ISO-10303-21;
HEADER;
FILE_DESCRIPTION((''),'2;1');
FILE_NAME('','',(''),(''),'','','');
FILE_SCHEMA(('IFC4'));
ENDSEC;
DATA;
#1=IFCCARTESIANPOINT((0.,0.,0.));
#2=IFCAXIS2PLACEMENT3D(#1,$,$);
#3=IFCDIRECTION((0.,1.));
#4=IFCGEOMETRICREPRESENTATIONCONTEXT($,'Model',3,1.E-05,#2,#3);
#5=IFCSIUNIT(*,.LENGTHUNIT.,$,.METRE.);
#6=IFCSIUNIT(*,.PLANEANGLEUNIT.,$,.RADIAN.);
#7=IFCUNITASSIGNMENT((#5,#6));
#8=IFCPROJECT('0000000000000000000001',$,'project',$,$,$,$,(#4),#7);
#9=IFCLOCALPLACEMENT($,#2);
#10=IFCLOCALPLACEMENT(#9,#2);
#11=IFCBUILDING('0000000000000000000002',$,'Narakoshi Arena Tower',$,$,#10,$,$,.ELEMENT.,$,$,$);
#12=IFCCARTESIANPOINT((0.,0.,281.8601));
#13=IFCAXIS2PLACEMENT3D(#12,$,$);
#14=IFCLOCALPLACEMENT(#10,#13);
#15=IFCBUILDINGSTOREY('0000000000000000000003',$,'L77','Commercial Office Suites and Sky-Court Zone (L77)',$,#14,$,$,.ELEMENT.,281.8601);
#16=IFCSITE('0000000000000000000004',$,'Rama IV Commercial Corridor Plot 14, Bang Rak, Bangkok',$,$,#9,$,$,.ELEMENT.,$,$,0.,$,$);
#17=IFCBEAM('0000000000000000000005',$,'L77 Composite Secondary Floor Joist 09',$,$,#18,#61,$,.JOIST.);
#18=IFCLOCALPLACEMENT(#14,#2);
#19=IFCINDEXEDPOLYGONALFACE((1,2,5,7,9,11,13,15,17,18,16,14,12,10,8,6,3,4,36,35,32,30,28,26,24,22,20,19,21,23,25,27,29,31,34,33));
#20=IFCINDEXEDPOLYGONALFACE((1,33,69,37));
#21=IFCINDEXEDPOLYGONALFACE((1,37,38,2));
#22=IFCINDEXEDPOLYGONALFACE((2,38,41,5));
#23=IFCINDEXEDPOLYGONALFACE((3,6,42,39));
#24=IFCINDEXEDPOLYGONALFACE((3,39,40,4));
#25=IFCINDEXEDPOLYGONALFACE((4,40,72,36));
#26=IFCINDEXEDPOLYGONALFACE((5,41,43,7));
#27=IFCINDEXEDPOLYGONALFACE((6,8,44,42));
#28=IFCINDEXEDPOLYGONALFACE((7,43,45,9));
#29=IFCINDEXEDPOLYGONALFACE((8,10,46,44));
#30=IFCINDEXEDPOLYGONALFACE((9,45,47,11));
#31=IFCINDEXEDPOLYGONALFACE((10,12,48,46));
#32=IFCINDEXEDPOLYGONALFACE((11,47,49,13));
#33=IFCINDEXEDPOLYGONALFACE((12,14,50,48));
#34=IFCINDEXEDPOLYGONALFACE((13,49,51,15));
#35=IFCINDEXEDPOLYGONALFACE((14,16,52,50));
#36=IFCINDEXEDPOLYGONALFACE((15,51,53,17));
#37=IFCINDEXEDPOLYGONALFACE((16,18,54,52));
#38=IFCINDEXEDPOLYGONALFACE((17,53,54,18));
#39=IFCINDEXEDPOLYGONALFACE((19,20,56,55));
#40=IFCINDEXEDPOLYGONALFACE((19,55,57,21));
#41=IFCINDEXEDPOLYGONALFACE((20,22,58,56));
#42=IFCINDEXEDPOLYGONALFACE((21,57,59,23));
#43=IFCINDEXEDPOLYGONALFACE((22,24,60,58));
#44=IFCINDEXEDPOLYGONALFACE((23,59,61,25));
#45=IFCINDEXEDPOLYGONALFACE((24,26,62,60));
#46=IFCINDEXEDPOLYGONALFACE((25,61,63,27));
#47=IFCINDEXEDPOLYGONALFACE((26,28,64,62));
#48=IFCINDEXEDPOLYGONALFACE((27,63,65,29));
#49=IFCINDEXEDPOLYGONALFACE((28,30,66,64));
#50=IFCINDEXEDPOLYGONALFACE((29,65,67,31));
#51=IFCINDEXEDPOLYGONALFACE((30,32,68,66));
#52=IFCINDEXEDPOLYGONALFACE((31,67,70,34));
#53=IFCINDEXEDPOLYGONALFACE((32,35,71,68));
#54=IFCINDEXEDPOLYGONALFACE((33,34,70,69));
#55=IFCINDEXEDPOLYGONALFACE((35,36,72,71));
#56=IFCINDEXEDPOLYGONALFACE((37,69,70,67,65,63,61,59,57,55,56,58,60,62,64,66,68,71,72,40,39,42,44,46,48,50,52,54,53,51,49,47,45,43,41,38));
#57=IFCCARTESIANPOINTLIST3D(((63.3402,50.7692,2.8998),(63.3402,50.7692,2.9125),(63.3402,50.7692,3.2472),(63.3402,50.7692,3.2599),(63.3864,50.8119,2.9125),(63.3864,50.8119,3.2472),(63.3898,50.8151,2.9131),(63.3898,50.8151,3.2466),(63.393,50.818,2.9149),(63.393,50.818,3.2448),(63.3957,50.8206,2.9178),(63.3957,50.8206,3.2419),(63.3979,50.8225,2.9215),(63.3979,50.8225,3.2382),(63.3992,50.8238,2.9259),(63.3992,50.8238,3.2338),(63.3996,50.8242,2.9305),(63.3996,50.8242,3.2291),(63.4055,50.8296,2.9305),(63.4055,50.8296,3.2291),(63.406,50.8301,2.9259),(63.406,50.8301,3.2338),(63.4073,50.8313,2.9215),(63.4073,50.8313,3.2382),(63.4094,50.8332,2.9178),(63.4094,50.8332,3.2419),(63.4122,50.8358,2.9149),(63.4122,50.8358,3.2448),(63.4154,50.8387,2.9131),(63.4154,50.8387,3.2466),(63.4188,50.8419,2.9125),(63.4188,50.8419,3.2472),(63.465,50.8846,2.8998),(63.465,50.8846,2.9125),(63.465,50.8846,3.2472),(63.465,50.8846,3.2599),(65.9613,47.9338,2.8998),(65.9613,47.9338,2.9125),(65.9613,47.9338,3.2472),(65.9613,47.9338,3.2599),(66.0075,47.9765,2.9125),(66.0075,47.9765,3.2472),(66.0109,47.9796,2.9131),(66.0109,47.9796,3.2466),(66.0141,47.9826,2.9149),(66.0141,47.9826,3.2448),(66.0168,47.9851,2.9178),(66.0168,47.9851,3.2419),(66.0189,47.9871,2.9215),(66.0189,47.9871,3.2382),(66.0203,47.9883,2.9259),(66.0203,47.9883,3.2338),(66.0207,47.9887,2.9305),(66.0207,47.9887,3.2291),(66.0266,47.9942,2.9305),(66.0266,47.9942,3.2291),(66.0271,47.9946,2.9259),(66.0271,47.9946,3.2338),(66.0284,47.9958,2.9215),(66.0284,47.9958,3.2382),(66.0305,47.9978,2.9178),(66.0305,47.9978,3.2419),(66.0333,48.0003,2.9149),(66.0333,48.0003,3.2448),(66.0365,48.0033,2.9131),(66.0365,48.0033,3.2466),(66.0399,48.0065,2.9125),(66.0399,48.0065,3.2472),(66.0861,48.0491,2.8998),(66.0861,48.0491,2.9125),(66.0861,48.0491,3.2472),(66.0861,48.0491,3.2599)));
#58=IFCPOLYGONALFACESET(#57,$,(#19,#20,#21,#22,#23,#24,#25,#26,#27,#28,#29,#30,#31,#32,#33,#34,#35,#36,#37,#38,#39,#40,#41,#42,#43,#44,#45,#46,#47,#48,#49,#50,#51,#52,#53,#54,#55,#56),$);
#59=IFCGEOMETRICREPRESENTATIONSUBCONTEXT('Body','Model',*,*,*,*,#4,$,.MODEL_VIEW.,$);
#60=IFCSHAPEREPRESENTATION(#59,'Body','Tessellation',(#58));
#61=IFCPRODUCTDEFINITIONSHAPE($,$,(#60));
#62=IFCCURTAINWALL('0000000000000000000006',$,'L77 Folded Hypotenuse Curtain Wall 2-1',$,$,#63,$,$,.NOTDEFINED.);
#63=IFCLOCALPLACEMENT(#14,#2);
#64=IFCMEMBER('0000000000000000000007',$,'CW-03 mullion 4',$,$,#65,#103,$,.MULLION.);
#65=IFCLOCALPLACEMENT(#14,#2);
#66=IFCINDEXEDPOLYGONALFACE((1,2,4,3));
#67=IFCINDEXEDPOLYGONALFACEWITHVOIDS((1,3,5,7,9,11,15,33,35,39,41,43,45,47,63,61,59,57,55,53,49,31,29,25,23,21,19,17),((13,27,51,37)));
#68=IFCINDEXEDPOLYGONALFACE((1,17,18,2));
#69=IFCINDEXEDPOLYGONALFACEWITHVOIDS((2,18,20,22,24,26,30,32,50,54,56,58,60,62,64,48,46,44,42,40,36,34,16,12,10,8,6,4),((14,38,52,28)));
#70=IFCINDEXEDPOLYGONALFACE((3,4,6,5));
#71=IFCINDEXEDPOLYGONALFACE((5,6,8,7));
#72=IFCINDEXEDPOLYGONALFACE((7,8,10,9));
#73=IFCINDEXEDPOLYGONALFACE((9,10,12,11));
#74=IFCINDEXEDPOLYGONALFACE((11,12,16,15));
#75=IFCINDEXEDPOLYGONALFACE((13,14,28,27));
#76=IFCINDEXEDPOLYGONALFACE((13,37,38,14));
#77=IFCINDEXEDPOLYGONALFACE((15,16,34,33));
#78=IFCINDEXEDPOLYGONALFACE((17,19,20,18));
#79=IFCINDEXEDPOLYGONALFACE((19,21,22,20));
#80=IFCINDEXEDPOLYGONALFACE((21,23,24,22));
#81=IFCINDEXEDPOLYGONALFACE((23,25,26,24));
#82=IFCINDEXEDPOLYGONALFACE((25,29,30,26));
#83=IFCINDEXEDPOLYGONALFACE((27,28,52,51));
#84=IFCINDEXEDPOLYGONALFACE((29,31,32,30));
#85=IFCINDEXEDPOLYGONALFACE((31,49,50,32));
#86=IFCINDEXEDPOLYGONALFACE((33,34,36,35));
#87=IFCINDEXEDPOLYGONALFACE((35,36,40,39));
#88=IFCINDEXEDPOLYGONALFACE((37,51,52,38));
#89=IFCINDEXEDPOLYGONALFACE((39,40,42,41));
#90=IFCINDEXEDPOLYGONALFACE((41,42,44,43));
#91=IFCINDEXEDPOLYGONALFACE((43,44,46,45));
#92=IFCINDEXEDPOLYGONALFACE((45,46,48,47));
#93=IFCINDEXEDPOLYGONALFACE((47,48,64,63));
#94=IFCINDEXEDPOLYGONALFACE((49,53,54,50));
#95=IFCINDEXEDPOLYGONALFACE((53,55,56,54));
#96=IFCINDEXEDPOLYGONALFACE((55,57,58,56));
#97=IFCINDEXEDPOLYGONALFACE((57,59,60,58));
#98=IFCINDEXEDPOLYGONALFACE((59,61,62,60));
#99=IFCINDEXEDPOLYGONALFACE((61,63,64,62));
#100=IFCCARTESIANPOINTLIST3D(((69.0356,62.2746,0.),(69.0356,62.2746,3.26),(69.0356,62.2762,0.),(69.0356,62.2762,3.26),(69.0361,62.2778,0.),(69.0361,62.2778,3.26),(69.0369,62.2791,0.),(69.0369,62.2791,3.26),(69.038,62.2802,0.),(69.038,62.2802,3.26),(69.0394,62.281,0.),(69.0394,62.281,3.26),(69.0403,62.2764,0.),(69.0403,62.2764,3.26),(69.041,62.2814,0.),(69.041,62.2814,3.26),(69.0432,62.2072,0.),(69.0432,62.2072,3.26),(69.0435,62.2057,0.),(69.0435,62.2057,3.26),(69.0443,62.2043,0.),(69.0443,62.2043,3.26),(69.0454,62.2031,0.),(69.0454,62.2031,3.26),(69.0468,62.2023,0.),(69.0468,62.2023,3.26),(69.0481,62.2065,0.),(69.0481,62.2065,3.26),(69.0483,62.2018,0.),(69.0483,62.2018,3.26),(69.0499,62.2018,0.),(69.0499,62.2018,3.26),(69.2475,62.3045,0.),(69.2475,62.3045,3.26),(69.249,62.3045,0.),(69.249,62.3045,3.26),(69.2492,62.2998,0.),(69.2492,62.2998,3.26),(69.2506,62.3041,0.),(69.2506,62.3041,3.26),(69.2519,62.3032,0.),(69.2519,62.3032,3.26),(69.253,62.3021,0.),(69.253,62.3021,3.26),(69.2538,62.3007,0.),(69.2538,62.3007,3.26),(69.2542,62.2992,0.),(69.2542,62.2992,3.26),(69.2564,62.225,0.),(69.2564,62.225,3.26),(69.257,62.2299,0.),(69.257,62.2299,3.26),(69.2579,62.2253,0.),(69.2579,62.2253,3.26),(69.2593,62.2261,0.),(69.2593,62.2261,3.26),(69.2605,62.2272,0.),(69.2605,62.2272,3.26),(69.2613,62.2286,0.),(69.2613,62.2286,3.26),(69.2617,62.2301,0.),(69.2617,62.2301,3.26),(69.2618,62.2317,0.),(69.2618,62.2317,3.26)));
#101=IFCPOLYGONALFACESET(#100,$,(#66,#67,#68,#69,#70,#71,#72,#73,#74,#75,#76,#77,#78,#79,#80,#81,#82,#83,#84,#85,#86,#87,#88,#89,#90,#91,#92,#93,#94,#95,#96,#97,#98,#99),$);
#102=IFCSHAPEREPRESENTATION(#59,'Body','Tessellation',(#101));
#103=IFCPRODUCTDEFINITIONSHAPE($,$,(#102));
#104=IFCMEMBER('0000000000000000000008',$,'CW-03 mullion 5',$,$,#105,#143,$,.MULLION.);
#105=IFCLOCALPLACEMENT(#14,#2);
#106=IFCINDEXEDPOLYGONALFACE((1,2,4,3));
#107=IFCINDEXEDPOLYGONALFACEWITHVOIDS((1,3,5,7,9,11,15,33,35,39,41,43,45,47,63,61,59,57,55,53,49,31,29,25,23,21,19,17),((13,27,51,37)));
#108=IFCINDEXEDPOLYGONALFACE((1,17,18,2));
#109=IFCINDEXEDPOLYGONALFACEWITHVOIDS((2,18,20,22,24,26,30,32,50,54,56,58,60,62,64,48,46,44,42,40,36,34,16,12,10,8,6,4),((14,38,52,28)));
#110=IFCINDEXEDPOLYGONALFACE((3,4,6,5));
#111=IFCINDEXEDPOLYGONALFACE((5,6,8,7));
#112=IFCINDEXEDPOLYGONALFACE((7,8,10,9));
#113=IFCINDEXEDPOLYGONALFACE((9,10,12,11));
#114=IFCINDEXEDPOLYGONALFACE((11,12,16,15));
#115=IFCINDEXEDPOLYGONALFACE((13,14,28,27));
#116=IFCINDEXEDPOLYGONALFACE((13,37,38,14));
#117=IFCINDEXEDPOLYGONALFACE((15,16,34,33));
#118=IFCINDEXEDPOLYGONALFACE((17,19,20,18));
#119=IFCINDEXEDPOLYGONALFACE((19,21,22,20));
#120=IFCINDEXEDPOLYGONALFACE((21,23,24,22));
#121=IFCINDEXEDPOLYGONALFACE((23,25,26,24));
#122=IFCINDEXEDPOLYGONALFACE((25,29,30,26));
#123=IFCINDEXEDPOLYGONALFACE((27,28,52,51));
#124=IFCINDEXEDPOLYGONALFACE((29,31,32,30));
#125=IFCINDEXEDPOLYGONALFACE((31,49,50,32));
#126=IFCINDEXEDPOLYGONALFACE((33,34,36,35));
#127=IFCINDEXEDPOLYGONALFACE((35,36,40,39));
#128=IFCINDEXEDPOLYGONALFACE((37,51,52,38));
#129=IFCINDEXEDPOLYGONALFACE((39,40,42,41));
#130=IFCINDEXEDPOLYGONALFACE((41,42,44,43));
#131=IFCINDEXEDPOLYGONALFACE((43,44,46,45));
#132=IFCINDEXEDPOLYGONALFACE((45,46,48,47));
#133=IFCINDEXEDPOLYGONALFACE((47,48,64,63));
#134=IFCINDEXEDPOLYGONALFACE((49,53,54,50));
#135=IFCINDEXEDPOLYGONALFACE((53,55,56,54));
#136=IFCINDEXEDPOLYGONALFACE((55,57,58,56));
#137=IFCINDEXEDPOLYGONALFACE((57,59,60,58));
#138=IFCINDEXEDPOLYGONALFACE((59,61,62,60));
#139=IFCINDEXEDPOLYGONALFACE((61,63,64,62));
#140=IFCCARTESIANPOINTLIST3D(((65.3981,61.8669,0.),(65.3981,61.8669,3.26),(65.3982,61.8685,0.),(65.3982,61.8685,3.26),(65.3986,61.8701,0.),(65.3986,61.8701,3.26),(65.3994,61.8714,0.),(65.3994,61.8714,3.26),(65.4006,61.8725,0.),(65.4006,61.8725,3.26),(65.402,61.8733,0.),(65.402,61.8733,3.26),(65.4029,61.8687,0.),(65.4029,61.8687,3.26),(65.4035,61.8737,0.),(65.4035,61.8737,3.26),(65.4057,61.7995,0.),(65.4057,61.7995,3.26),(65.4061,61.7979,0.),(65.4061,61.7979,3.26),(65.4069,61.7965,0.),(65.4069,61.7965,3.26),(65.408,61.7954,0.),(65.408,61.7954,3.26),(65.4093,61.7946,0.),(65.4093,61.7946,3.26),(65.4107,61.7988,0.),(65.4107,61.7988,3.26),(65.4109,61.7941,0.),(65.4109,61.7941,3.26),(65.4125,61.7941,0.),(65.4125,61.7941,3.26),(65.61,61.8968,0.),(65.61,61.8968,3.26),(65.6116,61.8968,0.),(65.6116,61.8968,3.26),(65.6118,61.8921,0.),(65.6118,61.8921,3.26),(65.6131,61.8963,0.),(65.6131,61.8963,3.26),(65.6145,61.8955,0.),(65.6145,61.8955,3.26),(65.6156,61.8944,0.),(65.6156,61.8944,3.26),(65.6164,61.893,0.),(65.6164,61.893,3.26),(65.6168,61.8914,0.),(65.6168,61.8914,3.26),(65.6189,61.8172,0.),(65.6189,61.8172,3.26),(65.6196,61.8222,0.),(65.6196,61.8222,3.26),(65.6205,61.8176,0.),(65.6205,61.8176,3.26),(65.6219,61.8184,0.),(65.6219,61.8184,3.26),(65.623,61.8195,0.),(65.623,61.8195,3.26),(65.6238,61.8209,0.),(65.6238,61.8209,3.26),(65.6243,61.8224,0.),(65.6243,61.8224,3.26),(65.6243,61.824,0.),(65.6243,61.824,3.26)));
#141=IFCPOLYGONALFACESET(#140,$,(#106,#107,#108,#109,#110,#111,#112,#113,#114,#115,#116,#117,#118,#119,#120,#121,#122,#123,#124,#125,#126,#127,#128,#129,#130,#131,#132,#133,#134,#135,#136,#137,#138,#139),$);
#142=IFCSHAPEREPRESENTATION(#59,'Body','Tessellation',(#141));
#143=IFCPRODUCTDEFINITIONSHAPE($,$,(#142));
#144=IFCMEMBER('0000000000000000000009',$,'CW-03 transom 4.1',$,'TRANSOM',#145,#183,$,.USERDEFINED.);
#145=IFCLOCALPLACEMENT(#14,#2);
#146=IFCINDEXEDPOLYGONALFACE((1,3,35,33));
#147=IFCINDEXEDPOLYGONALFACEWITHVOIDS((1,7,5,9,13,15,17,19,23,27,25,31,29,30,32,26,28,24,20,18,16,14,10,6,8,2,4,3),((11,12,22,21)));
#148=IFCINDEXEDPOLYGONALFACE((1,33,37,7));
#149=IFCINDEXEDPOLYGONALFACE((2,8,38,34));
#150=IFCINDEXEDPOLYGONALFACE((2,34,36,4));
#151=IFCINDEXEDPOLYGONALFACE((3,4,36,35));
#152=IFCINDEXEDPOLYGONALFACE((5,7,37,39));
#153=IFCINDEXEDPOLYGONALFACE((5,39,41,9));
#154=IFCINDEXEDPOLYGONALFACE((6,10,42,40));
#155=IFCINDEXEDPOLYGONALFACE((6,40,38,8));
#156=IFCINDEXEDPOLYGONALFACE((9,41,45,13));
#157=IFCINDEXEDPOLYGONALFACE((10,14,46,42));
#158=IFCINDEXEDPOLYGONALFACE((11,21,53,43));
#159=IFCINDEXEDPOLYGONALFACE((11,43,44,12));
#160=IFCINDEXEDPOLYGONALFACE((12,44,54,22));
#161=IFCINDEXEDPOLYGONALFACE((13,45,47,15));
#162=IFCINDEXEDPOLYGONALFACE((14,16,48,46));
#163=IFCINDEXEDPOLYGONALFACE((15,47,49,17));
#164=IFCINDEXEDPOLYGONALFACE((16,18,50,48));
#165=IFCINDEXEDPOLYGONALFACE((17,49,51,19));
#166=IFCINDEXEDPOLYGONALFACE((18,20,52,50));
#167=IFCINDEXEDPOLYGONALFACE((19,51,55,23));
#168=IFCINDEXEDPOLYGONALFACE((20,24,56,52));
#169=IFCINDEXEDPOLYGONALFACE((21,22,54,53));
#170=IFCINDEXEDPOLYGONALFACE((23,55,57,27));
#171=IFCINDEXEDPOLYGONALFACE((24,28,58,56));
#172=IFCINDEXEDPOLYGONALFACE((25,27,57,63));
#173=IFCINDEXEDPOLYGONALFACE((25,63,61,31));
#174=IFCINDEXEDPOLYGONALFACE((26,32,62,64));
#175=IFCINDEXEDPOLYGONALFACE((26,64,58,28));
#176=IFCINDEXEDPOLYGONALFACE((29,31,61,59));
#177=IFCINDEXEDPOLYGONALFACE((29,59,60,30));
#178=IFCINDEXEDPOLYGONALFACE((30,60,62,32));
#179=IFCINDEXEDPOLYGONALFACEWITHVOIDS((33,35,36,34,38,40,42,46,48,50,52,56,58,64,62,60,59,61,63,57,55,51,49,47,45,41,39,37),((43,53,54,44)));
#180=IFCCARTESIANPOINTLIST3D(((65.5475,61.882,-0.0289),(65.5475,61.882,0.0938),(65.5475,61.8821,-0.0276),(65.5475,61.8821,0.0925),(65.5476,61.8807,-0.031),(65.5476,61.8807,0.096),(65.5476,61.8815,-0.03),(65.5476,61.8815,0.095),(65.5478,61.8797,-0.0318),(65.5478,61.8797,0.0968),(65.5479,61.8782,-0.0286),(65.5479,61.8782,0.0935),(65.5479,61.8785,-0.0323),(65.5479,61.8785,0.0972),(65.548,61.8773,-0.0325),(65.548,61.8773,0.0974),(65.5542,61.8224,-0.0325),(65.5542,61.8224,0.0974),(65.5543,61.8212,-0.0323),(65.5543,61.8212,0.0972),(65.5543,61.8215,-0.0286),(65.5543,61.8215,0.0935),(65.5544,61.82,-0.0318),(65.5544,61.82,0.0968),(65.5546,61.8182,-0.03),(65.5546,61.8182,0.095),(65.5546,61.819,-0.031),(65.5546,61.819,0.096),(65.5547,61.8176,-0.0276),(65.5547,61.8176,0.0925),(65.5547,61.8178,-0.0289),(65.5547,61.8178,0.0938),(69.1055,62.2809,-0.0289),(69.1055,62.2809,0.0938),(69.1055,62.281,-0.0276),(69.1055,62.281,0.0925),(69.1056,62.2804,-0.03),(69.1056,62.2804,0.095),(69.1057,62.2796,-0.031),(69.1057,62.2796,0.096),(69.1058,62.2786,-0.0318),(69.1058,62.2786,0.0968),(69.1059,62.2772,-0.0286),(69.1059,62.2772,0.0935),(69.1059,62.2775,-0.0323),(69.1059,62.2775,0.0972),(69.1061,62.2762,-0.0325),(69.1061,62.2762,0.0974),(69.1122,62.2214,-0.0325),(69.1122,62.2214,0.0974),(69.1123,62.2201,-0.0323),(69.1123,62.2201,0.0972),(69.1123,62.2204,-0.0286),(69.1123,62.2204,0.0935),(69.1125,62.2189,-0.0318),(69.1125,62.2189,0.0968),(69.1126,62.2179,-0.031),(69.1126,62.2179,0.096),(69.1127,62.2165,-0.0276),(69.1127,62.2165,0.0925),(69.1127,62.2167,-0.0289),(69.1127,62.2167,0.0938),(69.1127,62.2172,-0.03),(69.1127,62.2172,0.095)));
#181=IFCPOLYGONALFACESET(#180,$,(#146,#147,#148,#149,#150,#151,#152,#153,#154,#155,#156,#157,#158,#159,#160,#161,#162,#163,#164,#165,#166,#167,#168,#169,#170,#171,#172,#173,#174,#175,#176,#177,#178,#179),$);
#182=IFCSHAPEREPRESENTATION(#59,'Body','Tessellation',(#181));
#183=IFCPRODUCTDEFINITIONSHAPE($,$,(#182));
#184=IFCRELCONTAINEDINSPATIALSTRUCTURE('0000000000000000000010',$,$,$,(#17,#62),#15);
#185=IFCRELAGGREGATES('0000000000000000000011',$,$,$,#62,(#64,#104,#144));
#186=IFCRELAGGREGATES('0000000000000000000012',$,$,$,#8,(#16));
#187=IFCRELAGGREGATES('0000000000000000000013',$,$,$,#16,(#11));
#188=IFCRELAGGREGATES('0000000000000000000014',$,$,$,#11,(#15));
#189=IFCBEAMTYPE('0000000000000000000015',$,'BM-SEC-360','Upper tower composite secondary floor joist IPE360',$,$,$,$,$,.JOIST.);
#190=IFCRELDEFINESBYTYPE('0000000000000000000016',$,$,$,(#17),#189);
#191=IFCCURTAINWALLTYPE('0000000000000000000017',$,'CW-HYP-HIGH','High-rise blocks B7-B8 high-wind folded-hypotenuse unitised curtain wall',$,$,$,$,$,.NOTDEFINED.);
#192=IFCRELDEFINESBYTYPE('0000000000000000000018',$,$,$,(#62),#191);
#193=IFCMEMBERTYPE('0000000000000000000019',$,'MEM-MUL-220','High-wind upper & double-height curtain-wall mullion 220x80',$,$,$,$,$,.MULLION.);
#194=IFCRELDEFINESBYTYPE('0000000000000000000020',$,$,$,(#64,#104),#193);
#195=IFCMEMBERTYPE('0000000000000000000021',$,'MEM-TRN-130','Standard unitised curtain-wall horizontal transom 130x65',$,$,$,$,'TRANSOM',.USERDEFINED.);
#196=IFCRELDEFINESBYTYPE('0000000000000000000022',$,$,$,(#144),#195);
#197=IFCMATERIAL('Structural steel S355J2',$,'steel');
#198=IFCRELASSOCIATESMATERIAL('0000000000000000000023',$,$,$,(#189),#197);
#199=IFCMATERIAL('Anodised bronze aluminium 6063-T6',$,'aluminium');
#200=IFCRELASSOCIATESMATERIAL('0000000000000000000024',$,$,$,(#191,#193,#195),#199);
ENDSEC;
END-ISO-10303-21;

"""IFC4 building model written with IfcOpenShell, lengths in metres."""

from ifc_helpers import new_model, si_unit, direction, frame, origin, origin_2d, place, context, subcontext, project, spatial, hollow_rectangle, i_section, extrude, material, material_profile, profile_set, type_object, element, aggregate, save


model = new_model("IFC4")

# Units and contexts
model_context = context("Model", 3, precision=1e-05, world=origin(), true_north=direction((0.0, 1.0)))
body_context = subcontext(model_context, "Body", "Model", "MODEL_VIEW")
ifc_project = project(units=[si_unit("LENGTHUNIT", "METRE"), si_unit("PLANEANGLEUNIT", "RADIAN")], contexts=[model_context])

# Site, building, storey
site_placement = place(None, origin())
site = spatial("IfcSite", under=ifc_project, at=site_placement, Name="Rama IV Commercial Corridor Plot 14, Bang Rak, Bangkok", CompositionType="ELEMENT", RefElevation=0.0)
building_placement = place(site_placement, origin())
building = spatial("IfcBuilding", under=site, at=building_placement, Name="Narakoshi Arena Tower", CompositionType="ELEMENT")
storey_placement = place(building_placement, frame((0.0, 0.0, 281.8601)))
storey = spatial("IfcBuildingStorey", under=building, at=storey_placement, Name="L77", Description="Commercial Office Suites and Sky-Court Zone (L77)", CompositionType="ELEMENT", Elevation=281.8601)

# Beam
ifc_material_1 = material(Name="Structural steel S355J2", Category="steel")
ifc_material_profile_1 = material_profile(ifc_material_1, i_section(OverallWidth=0.1699, OverallDepth=0.3601, WebThickness=0.0081, FlangeThickness=0.0127, FilletRadius=0.0181, at=origin_2d()), Name="IPE360")
ifc_profile_set_1 = profile_set([ifc_material_profile_1], Name="Structural steel S355J2")
beam_type_1 = type_object("IfcBeamType", Name="BM-SEC-360", Description="Upper tower composite secondary floor joist IPE360", PredefinedType="JOIST", material=ifc_profile_set_1)
beam_1_placement = place(storey_placement, frame((63.4026, 50.8269, 3.0798), z_axis=(0.678805, -0.734318, 0.0), x_axis=(0.734318, 0.678805, 0.0)))
element("IfcBeam", 1, at=beam_1_placement, inside=storey, type_object=beam_type_1, Name="L77 Composite Secondary Floor Joist 09", PredefinedType="JOIST", context=body_context, shape_type="SweptSolid", body=[
    extrude(i_section(OverallWidth=0.1699, OverallDepth=0.3601, WebThickness=0.0081, FlangeThickness=0.0127, FilletRadius=0.0181, at=origin_2d()), origin(), (0.0, 0.0, 1.0), 3.8613),
])

# Curtain wall, members
ifc_material_2 = material(Name="Anodised bronze aluminium 6063-T6", Category="aluminium")
curtain_wall_type = type_object("IfcCurtainWallType", Name="CW-HYP-HIGH", Description="High-rise blocks B7-B8 high-wind folded-hypotenuse unitised curtain wall", PredefinedType="NOTDEFINED", material=ifc_material_2)
curtain_wall_placement = place(storey_placement, origin())
curtain_wall = element("IfcCurtainWall", 2, at=curtain_wall_placement, inside=storey, type_object=curtain_wall_type, Name="L77 Folded Hypotenuse Curtain Wall 2-1", PredefinedType="NOTDEFINED")
ifc_material_profile_2 = material_profile(ifc_material_2, hollow_rectangle(XDim=0.0801, YDim=0.22, WallThickness=0.0049, OuterFilletRadius=0.0061, at=origin_2d()), Name="MUL220x80x5")
ifc_profile_set_2 = profile_set([ifc_material_profile_2], Name="Anodised bronze aluminium 6063-T6")
member_type_1 = type_object("IfcMemberType", Name="MEM-MUL-220", Description="High-wind upper & double-height curtain-wall mullion 220x80", PredefinedType="MULLION", material=ifc_profile_set_2)
member_1_placement = place(storey_placement, frame((69.1487, 62.2532, 0.0), z_axis=(0.0, 0.0, 1.0), x_axis=(0.111396, -0.993776, 0.0)))
member_1 = element("IfcMember", 3, at=member_1_placement, type_object=member_type_1, Name="CW-03 mullion 4", PredefinedType="MULLION", context=body_context, shape_type="SweptSolid", body=[
    extrude(hollow_rectangle(XDim=0.0801, YDim=0.22, WallThickness=0.0049, OuterFilletRadius=0.0061, at=origin_2d()), origin(), (0.0, 0.0, 1.0), 3.26),
])
member_2_placement = place(storey_placement, frame((65.5112, 61.8455, 0.0), z_axis=(0.0, 0.0, 1.0), x_axis=(0.111396, -0.993776, 0.0)))
member_2 = element("IfcMember", 4, at=member_2_placement, type_object=member_type_1, Name="CW-03 mullion 5", PredefinedType="MULLION", context=body_context, shape_type="SweptSolid", body=[
    extrude(hollow_rectangle(XDim=0.0801, YDim=0.22, WallThickness=0.0049, OuterFilletRadius=0.0061, at=origin_2d()), origin(), (0.0, 0.0, 1.0), 3.26),
])
ifc_material_profile_3 = material_profile(ifc_material_2, hollow_rectangle(XDim=0.0649, YDim=0.1299, WallThickness=0.0039, OuterFilletRadius=0.0049, at=origin_2d()), Name="TRN130x65x4")
ifc_profile_set_3 = profile_set([ifc_material_profile_3], Name="Anodised bronze aluminium 6063-T6")
member_type_2 = type_object("IfcMemberType", Name="MEM-TRN-130", Description="Standard unitised curtain-wall horizontal transom 130x65", ElementType="TRANSOM", PredefinedType="USERDEFINED", material=ifc_profile_set_3)
member_3_placement = place(storey_placement, frame((69.1091, 62.2488, 0.0325), z_axis=(-0.993773, -0.111419, 0.0), x_axis=(0.111419, -0.993773, 0.0)))
member_3 = element("IfcMember", 5, at=member_3_placement, type_object=member_type_2, Name="CW-03 transom 4.1", ObjectType="TRANSOM", PredefinedType="USERDEFINED", context=body_context, shape_type="SweptSolid", body=[
    extrude(hollow_rectangle(XDim=0.0649, YDim=0.1299, WallThickness=0.0039, OuterFilletRadius=0.0049, at=origin_2d()), origin(), (0.0, 0.0, 1.0), 3.5803),
])
aggregate(curtain_wall, [member_1, member_2, member_3])

save(model, "model.ifc")
